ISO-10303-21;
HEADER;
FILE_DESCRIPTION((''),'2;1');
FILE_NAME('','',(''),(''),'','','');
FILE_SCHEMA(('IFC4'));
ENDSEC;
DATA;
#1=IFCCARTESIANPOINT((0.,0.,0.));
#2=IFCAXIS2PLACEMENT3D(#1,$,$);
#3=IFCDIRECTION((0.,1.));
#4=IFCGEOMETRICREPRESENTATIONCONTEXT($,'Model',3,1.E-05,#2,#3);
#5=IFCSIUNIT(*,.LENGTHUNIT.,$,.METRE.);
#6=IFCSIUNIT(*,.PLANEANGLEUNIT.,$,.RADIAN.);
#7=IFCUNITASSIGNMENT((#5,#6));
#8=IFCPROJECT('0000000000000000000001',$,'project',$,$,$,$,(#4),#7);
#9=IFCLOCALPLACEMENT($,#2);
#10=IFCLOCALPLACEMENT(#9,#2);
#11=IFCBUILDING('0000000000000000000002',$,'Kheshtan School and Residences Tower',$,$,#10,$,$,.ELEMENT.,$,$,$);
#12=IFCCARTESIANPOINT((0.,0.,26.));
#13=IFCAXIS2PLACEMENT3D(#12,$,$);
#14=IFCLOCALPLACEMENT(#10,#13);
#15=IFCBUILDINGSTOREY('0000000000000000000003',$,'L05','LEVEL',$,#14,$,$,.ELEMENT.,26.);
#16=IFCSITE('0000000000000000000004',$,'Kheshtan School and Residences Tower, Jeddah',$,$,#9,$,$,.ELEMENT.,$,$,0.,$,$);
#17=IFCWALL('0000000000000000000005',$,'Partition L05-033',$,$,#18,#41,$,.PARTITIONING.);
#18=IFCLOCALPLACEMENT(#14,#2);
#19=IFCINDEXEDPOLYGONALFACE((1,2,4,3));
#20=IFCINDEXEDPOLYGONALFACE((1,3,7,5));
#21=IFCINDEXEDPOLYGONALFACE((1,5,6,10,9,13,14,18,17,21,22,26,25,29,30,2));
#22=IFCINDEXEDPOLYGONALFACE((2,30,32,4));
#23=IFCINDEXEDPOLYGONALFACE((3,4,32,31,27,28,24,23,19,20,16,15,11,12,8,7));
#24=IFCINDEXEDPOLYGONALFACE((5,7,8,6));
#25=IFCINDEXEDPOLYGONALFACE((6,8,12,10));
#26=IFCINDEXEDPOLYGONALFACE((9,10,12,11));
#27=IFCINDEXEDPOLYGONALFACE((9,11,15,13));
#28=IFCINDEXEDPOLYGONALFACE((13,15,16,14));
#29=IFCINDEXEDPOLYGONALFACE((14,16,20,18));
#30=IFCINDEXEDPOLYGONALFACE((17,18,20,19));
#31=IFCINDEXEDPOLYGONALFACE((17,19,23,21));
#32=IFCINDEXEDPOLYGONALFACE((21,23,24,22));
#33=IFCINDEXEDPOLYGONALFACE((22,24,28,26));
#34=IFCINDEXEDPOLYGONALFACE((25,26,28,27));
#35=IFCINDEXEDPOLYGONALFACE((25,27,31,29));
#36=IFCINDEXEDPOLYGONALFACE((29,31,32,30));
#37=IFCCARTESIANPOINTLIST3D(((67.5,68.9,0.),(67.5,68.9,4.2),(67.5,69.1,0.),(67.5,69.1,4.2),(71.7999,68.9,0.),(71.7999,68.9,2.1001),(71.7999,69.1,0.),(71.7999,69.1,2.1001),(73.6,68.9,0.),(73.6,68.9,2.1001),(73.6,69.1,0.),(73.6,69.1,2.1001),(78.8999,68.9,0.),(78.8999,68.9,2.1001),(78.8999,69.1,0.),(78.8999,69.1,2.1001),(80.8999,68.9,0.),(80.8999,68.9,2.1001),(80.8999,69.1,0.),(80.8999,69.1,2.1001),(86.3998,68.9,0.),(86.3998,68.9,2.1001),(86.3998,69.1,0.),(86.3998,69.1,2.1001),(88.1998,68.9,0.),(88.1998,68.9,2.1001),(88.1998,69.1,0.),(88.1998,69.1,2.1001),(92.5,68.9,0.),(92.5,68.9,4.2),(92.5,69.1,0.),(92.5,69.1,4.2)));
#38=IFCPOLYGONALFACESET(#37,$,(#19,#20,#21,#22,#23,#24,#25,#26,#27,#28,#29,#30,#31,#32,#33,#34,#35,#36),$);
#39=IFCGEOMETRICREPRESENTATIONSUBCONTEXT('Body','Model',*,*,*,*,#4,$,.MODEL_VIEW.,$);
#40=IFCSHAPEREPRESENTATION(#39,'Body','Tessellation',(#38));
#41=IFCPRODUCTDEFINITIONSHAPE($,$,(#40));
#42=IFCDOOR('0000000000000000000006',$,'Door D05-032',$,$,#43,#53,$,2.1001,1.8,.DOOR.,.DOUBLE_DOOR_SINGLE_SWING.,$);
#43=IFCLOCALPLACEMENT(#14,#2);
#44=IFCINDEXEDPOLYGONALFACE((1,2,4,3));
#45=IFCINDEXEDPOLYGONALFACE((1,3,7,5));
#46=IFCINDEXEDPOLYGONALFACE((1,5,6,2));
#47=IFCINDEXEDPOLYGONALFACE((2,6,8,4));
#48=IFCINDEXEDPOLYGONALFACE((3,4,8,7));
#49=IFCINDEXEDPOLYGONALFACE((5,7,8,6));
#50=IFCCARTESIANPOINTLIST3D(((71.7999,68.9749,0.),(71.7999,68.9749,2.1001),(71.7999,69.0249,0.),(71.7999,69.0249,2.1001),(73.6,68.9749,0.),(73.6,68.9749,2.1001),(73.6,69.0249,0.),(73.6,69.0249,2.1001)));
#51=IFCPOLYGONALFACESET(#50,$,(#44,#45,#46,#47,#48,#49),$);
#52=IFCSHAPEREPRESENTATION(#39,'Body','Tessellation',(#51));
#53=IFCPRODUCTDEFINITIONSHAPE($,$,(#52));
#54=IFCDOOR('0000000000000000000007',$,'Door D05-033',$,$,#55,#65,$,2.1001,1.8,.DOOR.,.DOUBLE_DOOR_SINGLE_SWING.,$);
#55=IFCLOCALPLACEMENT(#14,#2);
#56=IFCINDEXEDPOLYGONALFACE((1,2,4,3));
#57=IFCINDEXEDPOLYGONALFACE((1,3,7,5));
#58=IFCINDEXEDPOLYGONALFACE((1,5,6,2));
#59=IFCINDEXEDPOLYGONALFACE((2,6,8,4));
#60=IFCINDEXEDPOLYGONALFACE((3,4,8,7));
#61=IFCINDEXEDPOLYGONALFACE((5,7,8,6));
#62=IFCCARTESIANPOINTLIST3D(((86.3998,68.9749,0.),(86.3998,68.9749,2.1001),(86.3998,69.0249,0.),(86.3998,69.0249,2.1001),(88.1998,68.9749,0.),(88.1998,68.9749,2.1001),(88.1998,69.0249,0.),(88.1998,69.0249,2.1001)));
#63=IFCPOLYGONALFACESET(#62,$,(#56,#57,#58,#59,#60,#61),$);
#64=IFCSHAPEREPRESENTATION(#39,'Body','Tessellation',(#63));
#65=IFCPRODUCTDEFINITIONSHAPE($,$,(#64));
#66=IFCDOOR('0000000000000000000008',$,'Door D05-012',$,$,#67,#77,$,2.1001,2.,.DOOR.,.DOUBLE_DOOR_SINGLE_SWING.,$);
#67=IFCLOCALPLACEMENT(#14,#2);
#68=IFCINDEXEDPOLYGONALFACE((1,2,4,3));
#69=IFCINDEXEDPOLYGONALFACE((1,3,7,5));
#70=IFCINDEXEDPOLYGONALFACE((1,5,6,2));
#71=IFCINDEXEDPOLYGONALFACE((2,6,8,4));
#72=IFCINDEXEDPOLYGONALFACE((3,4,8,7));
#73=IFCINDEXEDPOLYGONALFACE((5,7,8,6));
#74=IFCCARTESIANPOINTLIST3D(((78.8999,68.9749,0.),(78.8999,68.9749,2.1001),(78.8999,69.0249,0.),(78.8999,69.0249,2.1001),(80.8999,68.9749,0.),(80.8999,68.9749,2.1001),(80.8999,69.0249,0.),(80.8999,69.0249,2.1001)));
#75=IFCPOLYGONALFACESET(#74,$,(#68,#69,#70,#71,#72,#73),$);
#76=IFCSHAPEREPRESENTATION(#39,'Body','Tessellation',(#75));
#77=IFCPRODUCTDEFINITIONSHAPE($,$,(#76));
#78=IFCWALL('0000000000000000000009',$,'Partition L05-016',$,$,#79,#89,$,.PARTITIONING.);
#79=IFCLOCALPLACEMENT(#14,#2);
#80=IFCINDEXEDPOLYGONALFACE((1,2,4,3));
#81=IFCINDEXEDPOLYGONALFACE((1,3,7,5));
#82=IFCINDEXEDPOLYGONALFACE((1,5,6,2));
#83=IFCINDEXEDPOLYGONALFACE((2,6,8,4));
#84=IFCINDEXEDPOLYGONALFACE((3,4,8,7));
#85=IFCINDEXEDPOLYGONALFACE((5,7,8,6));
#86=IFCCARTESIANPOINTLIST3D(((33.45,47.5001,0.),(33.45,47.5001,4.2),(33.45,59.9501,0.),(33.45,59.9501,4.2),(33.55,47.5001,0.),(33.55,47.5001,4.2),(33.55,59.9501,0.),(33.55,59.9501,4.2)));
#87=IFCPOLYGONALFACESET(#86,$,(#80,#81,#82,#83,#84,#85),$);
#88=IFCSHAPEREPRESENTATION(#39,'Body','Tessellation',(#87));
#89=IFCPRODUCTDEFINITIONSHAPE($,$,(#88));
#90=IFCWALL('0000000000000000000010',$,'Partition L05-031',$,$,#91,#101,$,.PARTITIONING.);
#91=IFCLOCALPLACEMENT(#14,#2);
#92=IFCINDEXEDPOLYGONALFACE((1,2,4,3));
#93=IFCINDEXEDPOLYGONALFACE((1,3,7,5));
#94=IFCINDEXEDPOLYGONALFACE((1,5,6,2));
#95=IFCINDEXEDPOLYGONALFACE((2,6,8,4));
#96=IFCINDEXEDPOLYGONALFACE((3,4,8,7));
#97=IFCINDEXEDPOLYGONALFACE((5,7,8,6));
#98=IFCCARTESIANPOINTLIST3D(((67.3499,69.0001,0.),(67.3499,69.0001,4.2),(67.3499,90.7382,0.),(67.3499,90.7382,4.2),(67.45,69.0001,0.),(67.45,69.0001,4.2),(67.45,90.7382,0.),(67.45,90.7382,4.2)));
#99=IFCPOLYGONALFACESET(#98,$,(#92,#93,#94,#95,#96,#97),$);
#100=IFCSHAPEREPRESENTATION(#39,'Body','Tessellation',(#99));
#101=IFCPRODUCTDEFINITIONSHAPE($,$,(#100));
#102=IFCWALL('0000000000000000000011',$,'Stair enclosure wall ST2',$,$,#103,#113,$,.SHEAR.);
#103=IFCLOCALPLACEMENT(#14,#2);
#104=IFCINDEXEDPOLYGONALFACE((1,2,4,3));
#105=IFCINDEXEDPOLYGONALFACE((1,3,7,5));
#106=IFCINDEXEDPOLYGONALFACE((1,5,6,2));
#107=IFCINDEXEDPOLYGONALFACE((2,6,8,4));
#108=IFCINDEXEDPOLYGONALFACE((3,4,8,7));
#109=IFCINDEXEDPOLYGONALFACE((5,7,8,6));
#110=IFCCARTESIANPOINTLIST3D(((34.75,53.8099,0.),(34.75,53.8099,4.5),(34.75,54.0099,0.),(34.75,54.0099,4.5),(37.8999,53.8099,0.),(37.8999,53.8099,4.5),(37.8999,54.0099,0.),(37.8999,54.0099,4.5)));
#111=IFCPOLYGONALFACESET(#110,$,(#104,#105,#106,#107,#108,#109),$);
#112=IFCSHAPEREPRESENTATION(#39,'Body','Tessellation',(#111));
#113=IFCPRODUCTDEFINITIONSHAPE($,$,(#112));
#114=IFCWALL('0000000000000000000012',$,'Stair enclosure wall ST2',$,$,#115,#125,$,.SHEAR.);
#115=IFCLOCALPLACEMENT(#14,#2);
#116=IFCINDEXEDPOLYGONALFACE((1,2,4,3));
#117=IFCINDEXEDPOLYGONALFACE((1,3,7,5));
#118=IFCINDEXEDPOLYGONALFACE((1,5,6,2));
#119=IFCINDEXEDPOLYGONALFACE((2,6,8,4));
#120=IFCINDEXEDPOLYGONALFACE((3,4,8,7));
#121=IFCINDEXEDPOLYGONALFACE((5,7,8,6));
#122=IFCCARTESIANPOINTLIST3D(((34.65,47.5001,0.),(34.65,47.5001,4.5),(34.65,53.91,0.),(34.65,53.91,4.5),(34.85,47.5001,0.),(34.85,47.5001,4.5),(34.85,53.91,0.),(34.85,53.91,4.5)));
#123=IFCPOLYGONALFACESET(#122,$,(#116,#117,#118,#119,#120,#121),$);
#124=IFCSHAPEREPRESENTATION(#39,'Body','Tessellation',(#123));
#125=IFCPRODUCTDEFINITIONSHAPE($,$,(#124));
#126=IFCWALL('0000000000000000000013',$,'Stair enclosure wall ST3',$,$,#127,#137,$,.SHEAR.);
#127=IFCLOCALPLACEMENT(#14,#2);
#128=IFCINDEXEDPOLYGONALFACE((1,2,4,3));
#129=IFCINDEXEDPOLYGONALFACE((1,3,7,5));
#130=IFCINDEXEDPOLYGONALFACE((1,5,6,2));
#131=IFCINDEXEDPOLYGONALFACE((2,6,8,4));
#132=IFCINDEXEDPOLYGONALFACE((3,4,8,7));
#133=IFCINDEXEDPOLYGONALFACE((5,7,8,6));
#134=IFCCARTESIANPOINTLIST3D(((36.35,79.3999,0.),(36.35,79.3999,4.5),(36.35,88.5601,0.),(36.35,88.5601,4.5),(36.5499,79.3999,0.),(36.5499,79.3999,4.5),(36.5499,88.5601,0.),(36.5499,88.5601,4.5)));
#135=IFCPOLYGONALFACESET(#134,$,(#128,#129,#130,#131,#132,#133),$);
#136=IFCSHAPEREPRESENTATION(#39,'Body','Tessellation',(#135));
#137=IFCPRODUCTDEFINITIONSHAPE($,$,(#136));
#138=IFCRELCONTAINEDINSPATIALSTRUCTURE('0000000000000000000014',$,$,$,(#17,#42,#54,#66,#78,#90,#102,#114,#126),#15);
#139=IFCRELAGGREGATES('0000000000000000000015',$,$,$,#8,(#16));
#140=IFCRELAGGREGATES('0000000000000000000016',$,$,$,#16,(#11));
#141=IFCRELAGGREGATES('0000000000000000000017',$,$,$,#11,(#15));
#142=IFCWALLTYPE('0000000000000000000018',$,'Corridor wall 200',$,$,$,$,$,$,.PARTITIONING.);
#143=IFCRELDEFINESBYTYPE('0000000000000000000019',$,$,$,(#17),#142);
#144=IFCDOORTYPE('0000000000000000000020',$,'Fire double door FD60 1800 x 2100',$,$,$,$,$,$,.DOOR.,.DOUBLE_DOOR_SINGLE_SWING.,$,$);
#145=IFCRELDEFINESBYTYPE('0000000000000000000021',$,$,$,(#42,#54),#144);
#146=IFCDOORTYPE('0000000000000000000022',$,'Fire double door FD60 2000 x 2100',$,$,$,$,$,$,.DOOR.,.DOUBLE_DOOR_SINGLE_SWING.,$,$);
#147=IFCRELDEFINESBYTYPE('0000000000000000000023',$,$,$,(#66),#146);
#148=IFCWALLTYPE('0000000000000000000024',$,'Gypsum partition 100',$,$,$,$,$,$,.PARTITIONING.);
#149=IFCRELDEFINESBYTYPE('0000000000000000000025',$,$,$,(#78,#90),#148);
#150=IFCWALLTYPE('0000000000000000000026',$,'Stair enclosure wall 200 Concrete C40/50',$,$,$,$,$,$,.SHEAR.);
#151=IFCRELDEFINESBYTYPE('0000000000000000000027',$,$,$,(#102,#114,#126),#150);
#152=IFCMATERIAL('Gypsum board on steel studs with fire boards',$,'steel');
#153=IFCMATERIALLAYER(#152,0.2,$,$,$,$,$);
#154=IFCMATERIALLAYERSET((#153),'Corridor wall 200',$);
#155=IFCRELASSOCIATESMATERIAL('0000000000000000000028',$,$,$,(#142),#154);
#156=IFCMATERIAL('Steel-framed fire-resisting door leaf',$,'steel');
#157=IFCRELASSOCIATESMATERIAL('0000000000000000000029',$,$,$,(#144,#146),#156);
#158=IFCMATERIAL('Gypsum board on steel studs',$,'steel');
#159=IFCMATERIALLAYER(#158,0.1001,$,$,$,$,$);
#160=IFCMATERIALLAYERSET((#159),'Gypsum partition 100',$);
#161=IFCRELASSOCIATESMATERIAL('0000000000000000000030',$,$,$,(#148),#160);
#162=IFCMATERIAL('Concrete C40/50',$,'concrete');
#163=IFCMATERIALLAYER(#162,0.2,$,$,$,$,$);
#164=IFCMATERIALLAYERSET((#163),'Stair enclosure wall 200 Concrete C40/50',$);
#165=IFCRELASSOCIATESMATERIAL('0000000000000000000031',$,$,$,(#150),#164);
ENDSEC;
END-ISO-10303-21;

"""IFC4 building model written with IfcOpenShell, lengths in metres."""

from ifc_helpers import new_model, si_unit, direction, frame, frame_2d, origin, place, context, subcontext, project, spatial, rectangle, extrude, source, transform, mapped, material, layer, layer_set, type_object, element, fill, save


model = new_model("IFC4")

# Units and contexts
model_context = context("Model", 3, precision=1e-05, world=origin(), true_north=direction((0.0, 1.0)))
body_context = subcontext(model_context, "Body", "Model", "MODEL_VIEW")
ifc_project = project(units=[si_unit("LENGTHUNIT", "METRE"), si_unit("PLANEANGLEUNIT", "RADIAN")], contexts=[model_context])

# Site, building, storey
site_placement = place(None, origin())
site = spatial("IfcSite", under=ifc_project, at=site_placement, Name="Kheshtan School and Residences Tower, Jeddah", CompositionType="ELEMENT", RefElevation=0.0)
building_placement = place(site_placement, origin())
building = spatial("IfcBuilding", under=site, at=building_placement, Name="Kheshtan School and Residences Tower", CompositionType="ELEMENT")
storey_placement = place(building_placement, frame((0.0, 0.0, 26.0)))
storey = spatial("IfcBuildingStorey", under=building, at=storey_placement, Name="L05", Description="LEVEL", CompositionType="ELEMENT", Elevation=26.0)

# Wall, openings, doors
ifc_material_1 = material(Name="Gypsum board on steel studs with fire boards", Category="steel")
ifc_layer_1 = layer(ifc_material_1, 0.2)
ifc_layer_set_1 = layer_set([ifc_layer_1], Name="Corridor wall 200")
wall_type_1 = type_object("IfcWallType", Name="Corridor wall 200", PredefinedType="PARTITIONING", material=ifc_layer_set_1)
wall_1_placement = place(storey_placement, frame((67.5, 69.0, 0.0), z_axis=(0.0, 0.0, 1.0), x_axis=(1.0, 0.0, 0.0)))
wall_1 = element("IfcWall", 1, at=wall_1_placement, inside=storey, type_object=wall_type_1, Name="Partition L05-033", PredefinedType="PARTITIONING", context=body_context, shape_type="SweptSolid", body=[
    extrude(rectangle(XDim=25.0, YDim=0.2, at=frame_2d((12.5, 0.0))), origin(), (0.0, 0.0, 1.0), 4.2),
])
opening_1_placement = place(wall_1_placement, frame((11.3999, 0.0, 0.0)))
opening_1 = element("IfcOpeningElement", 2, at=opening_1_placement, cuts=wall_1, PredefinedType="OPENING", context=body_context, shape_type="SweptSolid", body=[
    extrude(rectangle(XDim=2.0, YDim=2.1001, at=frame_2d((1.0, 1.05))), frame((0.0, 0.1099, 0.0), z_axis=(0.0, -1.0, 0.0), x_axis=(1.0, 0.0, 0.0)), (0.0, 0.0, 1.0), 0.22),
])
opening_2_placement = place(wall_1_placement, frame((4.3, 0.0, 0.0)))
opening_2 = element("IfcOpeningElement", 3, at=opening_2_placement, cuts=wall_1, PredefinedType="OPENING", context=body_context, shape_type="SweptSolid", body=[
    extrude(rectangle(XDim=1.8, YDim=2.1001, at=frame_2d((0.8999, 1.05))), frame((0.0, 0.1099, 0.0), z_axis=(0.0, -1.0, 0.0), x_axis=(1.0, 0.0, 0.0)), (0.0, 0.0, 1.0), 0.22),
])
opening_3_placement = place(wall_1_placement, frame((18.8999, 0.0, 0.0)))
opening_3 = element("IfcOpeningElement", 4, at=opening_3_placement, cuts=wall_1, PredefinedType="OPENING", context=body_context, shape_type="SweptSolid", body=[
    extrude(rectangle(XDim=1.8, YDim=2.1001, at=frame_2d((0.8999, 1.05))), frame((0.0, 0.1099, 0.0), z_axis=(0.0, -1.0, 0.0), x_axis=(1.0, 0.0, 0.0)), (0.0, 0.0, 1.0), 0.22),
])
ifc_material_2 = material(Name="Steel-framed fire-resisting door leaf", Category="steel")
door_type_1 = type_object("IfcDoorType", Name="Fire double door FD60 1800 x 2100", OperationType="DOUBLE_DOOR_SINGLE_SWING", PredefinedType="DOOR", material=ifc_material_2)
shared_shape_1 = source(origin(), body_context, "Body", "SweptSolid", [
    extrude(rectangle(XDim=1.8, YDim=2.1001, at=frame_2d((0.8999, 1.05))), frame((0.0, 0.0249, 0.0), z_axis=(0.0, -1.0, 0.0), x_axis=(1.0, 0.0, 0.0)), (0.0, 0.0, 1.0), 0.05),
])
door_1_placement = place(opening_2_placement, origin())
door_1 = element("IfcDoor", 5, at=door_1_placement, inside=storey, type_object=door_type_1, Name="Door D05-032", OperationType="DOUBLE_DOOR_SINGLE_SWING", OverallHeight=2.1001, OverallWidth=1.8, PredefinedType="DOOR", context=body_context, shape_type="MappedRepresentation", body=[
    mapped(shared_shape_1, transform((0.0, 0.0, 0.0), x_axis=(1.0, 0.0, 0.0), y_axis=(0.0, 1.0, 0.0), z_axis=(0.0, 0.0, 1.0), scale=1.0)),
])
fill(opening_2, door_1)
door_2_placement = place(opening_3_placement, origin())
door_2 = element("IfcDoor", 6, at=door_2_placement, inside=storey, type_object=door_type_1, Name="Door D05-033", OperationType="DOUBLE_DOOR_SINGLE_SWING", OverallHeight=2.1001, OverallWidth=1.8, PredefinedType="DOOR", context=body_context, shape_type="MappedRepresentation", body=[
    mapped(shared_shape_1, transform((0.0, 0.0, 0.0), x_axis=(1.0, 0.0, 0.0), y_axis=(0.0, 1.0, 0.0), z_axis=(0.0, 0.0, 1.0), scale=1.0)),
])
fill(opening_3, door_2)
door_type_2 = type_object("IfcDoorType", Name="Fire double door FD60 2000 x 2100", OperationType="DOUBLE_DOOR_SINGLE_SWING", PredefinedType="DOOR", material=ifc_material_2)
shared_shape_2 = source(origin(), body_context, "Body", "SweptSolid", [
    extrude(rectangle(XDim=2.0, YDim=2.1001, at=frame_2d((1.0, 1.05))), frame((0.0, 0.0249, 0.0), z_axis=(0.0, -1.0, 0.0), x_axis=(1.0, 0.0, 0.0)), (0.0, 0.0, 1.0), 0.05),
])
door_3_placement = place(opening_1_placement, origin())
door_3 = element("IfcDoor", 7, at=door_3_placement, inside=storey, type_object=door_type_2, Name="Door D05-012", OperationType="DOUBLE_DOOR_SINGLE_SWING", OverallHeight=2.1001, OverallWidth=2.0, PredefinedType="DOOR", context=body_context, shape_type="MappedRepresentation", body=[
    mapped(shared_shape_2, transform((0.0, 0.0, 0.0), x_axis=(1.0, 0.0, 0.0), y_axis=(0.0, 1.0, 0.0), z_axis=(0.0, 0.0, 1.0), scale=1.0)),
])
fill(opening_1, door_3)

# Walls
ifc_material_3 = material(Name="Gypsum board on steel studs", Category="steel")
ifc_layer_2 = layer(ifc_material_3, 0.1001)
ifc_layer_set_2 = layer_set([ifc_layer_2], Name="Gypsum partition 100")
wall_type_2 = type_object("IfcWallType", Name="Gypsum partition 100", PredefinedType="PARTITIONING", material=ifc_layer_set_2)
wall_2_placement = place(storey_placement, frame((33.5, 47.5, 0.0), z_axis=(0.0, 0.0, 1.0), x_axis=(0.0, 1.0, 0.0)))
element("IfcWall", 8, at=wall_2_placement, inside=storey, type_object=wall_type_2, Name="Partition L05-016", PredefinedType="PARTITIONING", context=body_context, shape_type="SweptSolid", body=[
    extrude(rectangle(XDim=12.45, YDim=0.1001, at=frame_2d((6.2251, 0.0))), origin(), (0.0, 0.0, 1.0), 4.2),
])
wall_3_placement = place(storey_placement, frame((67.3999, 69.0, 0.0), z_axis=(0.0, 0.0, 1.0), x_axis=(0.0, 1.0, 0.0)))
element("IfcWall", 9, at=wall_3_placement, inside=storey, type_object=wall_type_2, Name="Partition L05-031", PredefinedType="PARTITIONING", context=body_context, shape_type="SweptSolid", body=[
    extrude(rectangle(XDim=21.738, YDim=0.1001, at=frame_2d((10.8691, 0.0))), origin(), (0.0, 0.0, 1.0), 4.2),
])
ifc_material_4 = material(Name="Concrete C40/50", Category="concrete")
ifc_layer_3 = layer(ifc_material_4, 0.2)
ifc_layer_set_3 = layer_set([ifc_layer_3], Name="Stair enclosure wall 200 Concrete C40/50")
wall_type_3 = type_object("IfcWallType", Name="Stair enclosure wall 200 Concrete C40/50", PredefinedType="SHEAR", material=ifc_layer_set_3)
wall_4_placement = place(storey_placement, frame((34.75, 53.9099, 0.0), z_axis=(0.0, 0.0, 1.0), x_axis=(1.0, 0.0, 0.0)))
element("IfcWall", 10, at=wall_4_placement, inside=storey, type_object=wall_type_3, Name="Stair enclosure wall ST2", PredefinedType="SHEAR", context=body_context, shape_type="SweptSolid", body=[
    extrude(rectangle(XDim=3.1499, YDim=0.2, at=frame_2d((1.575, 0.0))), origin(), (0.0, 0.0, 1.0), 4.5),
])
wall_5_placement = place(storey_placement, frame((34.75, 47.5, 0.0), z_axis=(0.0, 0.0, 1.0), x_axis=(0.0, 1.0, 0.0)))
element("IfcWall", 11, at=wall_5_placement, inside=storey, type_object=wall_type_3, Name="Stair enclosure wall ST2", PredefinedType="SHEAR", context=body_context, shape_type="SweptSolid", body=[
    extrude(rectangle(XDim=6.4099, YDim=0.2, at=frame_2d((3.2051, 0.0))), origin(), (0.0, 0.0, 1.0), 4.5),
])
wall_6_placement = place(storey_placement, frame((36.45, 79.3999, 0.0), z_axis=(0.0, 0.0, 1.0), x_axis=(0.0, 1.0, 0.0)))
element("IfcWall", 12, at=wall_6_placement, inside=storey, type_object=wall_type_3, Name="Stair enclosure wall ST3", PredefinedType="SHEAR", context=body_context, shape_type="SweptSolid", body=[
    extrude(rectangle(XDim=9.1602, YDim=0.2, at=frame_2d((4.5801, 0.0))), origin(), (0.0, 0.0, 1.0), 4.5),
])

save(model, "model.ifc")
